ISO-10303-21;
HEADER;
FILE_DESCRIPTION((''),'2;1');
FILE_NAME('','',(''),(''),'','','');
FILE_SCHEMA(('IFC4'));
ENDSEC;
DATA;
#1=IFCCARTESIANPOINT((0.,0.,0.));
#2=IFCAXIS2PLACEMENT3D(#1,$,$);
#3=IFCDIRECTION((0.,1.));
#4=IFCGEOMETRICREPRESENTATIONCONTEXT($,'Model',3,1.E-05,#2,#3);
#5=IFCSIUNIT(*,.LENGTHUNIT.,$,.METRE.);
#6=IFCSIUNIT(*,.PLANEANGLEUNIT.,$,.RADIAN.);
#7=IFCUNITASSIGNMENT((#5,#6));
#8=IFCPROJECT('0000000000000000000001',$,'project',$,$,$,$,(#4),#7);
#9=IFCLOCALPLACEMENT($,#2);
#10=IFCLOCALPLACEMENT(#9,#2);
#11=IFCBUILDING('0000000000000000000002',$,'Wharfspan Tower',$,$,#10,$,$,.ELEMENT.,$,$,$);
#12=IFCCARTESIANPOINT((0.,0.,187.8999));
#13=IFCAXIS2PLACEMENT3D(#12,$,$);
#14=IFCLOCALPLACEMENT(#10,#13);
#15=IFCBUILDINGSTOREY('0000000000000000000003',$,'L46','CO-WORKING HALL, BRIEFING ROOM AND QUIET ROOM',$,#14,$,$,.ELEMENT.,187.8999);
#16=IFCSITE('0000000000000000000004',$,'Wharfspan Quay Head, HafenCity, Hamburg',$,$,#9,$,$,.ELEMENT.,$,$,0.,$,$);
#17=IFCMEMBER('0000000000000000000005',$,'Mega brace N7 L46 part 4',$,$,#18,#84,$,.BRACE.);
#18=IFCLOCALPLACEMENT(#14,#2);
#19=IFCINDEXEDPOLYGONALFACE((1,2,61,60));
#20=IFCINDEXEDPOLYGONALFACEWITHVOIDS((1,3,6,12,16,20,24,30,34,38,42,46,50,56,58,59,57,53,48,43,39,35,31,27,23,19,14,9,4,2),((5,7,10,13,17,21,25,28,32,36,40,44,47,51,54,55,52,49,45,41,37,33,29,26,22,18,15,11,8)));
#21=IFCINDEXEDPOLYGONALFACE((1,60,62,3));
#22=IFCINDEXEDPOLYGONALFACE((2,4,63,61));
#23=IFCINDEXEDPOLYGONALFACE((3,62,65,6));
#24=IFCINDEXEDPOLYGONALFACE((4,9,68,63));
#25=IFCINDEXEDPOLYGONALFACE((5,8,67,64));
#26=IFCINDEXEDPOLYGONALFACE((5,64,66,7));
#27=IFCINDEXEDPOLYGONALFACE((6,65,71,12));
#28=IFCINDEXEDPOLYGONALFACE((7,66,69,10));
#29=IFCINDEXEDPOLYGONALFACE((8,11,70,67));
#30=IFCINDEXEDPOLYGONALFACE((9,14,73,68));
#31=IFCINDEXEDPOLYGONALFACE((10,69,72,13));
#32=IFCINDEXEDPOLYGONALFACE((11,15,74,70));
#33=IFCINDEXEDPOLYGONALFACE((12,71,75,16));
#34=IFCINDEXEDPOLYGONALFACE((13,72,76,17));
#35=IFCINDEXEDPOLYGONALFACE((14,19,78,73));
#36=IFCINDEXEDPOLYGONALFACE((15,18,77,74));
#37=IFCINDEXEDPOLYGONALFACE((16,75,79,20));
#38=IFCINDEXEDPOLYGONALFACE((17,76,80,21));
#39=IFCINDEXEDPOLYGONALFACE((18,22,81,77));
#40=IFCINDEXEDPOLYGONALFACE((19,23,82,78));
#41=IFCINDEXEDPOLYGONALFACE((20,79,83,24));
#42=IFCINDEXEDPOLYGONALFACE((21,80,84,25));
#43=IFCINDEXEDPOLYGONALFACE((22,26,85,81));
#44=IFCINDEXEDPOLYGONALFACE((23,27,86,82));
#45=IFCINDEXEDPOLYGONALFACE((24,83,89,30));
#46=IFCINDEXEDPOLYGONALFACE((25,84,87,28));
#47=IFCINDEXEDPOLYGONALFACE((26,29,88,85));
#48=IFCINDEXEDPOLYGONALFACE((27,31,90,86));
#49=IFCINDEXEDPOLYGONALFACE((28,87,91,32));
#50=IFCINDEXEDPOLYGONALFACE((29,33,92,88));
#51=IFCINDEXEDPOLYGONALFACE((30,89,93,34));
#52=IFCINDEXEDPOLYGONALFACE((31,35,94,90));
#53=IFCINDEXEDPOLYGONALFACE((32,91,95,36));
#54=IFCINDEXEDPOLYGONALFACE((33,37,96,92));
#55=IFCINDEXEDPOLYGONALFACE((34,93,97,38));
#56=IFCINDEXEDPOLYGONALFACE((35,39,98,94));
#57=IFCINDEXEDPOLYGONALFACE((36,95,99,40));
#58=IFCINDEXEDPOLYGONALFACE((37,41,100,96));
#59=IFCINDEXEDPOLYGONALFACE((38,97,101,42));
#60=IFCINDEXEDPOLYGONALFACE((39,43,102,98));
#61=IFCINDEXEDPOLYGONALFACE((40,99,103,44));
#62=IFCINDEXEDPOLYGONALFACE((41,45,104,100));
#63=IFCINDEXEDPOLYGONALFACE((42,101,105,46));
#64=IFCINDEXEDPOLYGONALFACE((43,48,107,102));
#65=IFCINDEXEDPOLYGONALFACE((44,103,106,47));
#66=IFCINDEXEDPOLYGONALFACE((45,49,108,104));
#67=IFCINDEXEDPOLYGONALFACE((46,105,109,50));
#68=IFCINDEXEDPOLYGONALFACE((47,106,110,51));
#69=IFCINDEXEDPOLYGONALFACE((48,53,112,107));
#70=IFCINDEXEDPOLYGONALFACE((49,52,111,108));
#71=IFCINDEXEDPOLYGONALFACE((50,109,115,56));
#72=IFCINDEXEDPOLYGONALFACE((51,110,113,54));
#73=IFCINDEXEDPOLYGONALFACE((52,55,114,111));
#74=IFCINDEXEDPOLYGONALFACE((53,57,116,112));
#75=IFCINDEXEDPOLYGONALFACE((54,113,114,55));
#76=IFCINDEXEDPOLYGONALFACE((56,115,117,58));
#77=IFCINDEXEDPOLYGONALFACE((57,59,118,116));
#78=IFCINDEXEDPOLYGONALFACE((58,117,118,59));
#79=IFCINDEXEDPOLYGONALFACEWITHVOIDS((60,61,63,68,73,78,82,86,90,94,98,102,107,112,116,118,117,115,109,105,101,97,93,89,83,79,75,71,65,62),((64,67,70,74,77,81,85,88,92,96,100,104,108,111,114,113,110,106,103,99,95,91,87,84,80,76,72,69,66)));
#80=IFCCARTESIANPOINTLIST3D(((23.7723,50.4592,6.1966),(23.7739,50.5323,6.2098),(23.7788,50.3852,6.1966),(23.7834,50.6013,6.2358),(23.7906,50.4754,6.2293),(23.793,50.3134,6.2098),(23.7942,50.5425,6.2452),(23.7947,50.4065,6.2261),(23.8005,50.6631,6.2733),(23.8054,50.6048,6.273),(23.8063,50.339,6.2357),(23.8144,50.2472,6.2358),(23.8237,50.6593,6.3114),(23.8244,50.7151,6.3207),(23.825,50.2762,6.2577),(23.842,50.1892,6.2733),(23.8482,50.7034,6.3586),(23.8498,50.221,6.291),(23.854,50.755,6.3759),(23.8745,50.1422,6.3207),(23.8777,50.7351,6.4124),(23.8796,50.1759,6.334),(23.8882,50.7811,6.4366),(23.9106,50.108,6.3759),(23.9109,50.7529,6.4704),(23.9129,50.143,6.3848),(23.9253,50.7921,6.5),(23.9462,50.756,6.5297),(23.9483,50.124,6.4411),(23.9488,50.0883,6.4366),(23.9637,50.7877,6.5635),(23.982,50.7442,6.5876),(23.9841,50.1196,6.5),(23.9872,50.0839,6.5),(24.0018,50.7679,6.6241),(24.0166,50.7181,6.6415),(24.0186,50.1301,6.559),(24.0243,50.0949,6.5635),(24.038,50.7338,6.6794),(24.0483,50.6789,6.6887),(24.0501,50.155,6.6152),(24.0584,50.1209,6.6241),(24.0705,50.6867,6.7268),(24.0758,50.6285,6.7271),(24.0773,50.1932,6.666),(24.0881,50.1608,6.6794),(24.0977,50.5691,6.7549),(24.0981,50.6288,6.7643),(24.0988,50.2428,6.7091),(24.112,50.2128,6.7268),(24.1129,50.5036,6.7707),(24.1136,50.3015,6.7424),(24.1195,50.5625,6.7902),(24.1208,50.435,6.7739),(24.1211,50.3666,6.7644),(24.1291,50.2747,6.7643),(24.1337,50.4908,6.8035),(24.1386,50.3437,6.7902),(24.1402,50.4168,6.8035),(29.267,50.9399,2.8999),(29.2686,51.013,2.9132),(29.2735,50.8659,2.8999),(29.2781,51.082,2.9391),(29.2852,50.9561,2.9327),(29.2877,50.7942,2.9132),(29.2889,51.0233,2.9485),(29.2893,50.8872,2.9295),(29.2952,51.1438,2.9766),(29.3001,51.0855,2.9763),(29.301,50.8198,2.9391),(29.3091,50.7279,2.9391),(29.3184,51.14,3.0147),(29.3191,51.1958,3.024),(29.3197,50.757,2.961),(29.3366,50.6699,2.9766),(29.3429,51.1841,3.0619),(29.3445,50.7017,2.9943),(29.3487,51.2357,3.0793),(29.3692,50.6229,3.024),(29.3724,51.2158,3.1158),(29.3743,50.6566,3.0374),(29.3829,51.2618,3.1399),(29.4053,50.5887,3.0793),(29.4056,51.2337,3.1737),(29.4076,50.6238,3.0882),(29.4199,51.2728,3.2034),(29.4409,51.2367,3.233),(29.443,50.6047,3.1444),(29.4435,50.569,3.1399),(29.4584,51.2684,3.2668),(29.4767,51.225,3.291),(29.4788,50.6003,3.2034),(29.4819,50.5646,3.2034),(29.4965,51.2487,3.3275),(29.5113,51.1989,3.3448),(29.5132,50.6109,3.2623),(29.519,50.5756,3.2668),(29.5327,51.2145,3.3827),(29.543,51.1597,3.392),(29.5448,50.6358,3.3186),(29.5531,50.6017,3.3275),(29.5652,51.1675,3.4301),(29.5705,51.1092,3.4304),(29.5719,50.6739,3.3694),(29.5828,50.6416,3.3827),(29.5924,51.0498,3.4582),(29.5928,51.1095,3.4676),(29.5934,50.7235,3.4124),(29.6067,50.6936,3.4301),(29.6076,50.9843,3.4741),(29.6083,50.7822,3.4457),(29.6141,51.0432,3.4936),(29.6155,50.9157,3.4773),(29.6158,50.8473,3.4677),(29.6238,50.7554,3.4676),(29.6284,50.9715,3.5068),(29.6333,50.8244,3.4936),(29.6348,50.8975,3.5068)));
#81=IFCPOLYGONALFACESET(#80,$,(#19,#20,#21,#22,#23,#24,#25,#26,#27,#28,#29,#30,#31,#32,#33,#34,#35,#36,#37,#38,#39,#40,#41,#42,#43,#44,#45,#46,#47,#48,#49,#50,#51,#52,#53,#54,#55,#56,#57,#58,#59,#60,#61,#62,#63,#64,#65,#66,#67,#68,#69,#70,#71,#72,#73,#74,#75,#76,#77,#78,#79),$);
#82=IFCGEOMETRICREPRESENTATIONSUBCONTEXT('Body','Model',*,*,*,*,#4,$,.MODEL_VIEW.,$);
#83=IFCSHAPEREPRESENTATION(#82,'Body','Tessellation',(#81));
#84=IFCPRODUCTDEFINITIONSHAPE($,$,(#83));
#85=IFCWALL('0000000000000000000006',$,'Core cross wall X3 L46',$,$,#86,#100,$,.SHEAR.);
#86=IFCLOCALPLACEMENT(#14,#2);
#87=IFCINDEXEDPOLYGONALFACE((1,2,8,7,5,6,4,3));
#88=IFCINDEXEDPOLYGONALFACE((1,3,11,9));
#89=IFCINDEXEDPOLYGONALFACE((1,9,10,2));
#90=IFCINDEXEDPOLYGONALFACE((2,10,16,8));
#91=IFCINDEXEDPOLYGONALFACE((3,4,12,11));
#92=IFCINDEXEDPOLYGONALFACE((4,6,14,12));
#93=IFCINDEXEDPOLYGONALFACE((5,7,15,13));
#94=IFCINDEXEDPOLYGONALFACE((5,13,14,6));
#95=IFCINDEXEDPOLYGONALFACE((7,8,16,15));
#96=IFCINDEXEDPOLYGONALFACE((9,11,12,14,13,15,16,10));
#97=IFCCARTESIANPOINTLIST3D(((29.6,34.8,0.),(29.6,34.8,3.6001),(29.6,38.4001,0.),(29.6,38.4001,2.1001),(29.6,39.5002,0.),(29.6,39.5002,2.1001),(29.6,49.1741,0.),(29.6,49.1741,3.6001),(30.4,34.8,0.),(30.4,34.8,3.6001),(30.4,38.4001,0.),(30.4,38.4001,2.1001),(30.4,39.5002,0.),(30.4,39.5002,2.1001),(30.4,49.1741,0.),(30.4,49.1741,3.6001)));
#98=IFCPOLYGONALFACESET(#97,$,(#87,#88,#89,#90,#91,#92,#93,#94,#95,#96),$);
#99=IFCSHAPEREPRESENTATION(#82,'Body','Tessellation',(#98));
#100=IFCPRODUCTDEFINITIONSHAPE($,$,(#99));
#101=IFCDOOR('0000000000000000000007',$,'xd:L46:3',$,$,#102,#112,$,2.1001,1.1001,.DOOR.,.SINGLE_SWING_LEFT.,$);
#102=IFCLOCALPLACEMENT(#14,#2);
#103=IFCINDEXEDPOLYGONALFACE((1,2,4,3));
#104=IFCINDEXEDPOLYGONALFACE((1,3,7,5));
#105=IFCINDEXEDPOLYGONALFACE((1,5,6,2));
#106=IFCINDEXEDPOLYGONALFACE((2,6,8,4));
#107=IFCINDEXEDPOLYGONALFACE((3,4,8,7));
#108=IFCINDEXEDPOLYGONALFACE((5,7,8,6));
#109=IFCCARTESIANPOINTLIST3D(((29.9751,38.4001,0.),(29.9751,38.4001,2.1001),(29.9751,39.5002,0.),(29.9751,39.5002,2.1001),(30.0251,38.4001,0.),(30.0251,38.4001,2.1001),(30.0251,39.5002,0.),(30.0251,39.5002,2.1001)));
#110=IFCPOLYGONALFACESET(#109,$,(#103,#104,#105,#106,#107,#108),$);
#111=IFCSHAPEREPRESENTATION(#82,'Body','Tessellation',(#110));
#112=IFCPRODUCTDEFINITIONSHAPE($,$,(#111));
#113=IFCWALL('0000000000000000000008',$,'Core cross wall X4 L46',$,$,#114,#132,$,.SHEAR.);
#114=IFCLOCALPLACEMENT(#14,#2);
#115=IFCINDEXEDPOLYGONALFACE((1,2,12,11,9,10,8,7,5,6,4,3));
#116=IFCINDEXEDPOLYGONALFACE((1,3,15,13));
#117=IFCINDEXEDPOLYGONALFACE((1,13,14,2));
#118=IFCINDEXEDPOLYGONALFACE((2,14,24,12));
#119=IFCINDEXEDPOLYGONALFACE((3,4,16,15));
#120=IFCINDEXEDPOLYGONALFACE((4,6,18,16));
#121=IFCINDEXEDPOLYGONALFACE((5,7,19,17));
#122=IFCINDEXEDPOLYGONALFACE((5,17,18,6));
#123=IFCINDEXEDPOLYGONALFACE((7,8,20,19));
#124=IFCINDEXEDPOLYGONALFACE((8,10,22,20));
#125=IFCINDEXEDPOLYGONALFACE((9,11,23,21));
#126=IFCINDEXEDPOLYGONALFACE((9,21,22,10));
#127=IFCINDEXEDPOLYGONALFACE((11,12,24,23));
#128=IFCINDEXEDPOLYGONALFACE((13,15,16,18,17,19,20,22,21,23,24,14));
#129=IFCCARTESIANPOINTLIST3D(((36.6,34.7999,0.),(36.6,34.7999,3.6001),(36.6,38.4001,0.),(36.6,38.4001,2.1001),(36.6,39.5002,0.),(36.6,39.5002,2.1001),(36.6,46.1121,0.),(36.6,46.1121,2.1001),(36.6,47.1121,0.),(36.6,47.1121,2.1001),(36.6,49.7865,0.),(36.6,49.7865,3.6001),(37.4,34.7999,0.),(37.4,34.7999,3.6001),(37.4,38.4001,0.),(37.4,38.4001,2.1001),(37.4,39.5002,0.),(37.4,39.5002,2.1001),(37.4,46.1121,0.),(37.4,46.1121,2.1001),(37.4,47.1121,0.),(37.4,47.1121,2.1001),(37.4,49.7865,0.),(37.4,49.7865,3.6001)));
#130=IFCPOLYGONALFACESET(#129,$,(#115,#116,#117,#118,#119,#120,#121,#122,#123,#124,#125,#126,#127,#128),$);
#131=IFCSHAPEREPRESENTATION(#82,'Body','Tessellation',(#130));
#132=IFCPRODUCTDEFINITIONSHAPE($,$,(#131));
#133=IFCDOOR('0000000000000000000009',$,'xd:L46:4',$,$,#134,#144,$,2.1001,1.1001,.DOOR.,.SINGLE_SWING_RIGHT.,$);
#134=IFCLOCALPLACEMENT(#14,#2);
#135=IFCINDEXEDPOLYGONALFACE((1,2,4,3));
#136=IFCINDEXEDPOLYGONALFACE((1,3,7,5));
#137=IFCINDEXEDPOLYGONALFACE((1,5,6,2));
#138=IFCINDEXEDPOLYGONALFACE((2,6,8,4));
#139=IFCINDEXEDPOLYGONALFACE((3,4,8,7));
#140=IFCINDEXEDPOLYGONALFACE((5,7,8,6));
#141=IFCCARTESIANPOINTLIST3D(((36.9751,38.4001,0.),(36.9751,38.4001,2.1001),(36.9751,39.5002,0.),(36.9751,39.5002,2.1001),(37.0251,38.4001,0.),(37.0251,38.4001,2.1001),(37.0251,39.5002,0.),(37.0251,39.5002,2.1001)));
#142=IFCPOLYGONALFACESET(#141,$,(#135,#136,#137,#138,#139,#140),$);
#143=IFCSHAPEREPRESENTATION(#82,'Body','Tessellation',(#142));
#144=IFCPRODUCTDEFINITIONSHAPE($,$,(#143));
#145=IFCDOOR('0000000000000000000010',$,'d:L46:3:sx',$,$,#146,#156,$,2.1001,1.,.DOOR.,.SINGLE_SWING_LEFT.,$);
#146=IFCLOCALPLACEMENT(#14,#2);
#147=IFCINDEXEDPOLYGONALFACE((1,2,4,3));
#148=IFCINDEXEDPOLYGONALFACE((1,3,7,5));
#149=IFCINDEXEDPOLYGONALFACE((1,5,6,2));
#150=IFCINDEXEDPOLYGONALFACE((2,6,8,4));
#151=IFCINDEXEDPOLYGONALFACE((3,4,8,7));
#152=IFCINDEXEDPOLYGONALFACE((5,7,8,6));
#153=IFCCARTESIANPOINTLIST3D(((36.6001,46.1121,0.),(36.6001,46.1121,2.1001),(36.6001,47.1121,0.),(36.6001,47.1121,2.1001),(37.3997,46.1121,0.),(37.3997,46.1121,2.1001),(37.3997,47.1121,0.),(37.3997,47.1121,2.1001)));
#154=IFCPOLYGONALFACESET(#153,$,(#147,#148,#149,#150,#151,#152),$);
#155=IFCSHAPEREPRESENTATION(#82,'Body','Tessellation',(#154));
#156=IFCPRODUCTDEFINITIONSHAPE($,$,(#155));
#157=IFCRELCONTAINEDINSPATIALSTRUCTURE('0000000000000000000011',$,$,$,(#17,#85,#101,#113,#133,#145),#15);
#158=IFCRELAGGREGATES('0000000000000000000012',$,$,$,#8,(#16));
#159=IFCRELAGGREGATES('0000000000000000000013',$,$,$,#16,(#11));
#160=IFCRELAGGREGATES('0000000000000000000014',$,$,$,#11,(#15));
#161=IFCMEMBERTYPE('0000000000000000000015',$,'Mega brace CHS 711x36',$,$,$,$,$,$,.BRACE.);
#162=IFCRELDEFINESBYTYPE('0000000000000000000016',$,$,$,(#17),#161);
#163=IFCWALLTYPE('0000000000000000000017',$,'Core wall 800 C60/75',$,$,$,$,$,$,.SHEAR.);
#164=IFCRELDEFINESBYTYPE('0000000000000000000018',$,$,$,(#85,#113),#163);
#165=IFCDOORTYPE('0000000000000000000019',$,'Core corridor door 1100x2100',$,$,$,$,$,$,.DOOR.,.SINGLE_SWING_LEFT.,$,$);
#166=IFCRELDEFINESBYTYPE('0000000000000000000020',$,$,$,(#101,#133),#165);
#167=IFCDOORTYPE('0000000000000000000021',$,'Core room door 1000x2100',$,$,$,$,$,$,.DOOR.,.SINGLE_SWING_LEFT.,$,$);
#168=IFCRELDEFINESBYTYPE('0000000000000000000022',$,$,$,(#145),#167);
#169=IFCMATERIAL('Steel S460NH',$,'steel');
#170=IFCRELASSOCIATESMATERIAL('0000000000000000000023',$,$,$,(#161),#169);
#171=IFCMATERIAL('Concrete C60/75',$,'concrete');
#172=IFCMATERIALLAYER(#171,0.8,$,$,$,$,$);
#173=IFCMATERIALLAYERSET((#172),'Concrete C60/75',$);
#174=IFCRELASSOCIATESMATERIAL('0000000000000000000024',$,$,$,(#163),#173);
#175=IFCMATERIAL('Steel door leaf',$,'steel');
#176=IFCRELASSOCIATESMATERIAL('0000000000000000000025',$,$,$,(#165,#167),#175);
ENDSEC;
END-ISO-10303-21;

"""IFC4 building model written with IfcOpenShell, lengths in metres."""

from ifc_helpers import new_model, si_unit, direction, frame, frame_2d, origin, origin_2d, place, context, subcontext, project, spatial, rectangle, hollow_circle, extrude, material, layer, layer_set, material_profile, profile_set, type_object, element, fill, save


model = new_model("IFC4")

# Units and contexts
model_context = context("Model", 3, precision=1e-05, world=origin(), true_north=direction((0.0, 1.0)))
body_context = subcontext(model_context, "Body", "Model", "MODEL_VIEW")
ifc_project = project(units=[si_unit("LENGTHUNIT", "METRE"), si_unit("PLANEANGLEUNIT", "RADIAN")], contexts=[model_context])

# Site, building, storey
site_placement = place(None, origin())
site = spatial("IfcSite", under=ifc_project, at=site_placement, Name="Wharfspan Quay Head, HafenCity, Hamburg", CompositionType="ELEMENT", RefElevation=0.0)
building_placement = place(site_placement, origin())
building = spatial("IfcBuilding", under=site, at=building_placement, Name="Wharfspan Tower", CompositionType="ELEMENT")
storey_placement = place(building_placement, frame((0.0, 0.0, 187.8999)))
storey = spatial("IfcBuildingStorey", under=building, at=storey_placement, Name="L46", Description="CO-WORKING HALL, BRIEFING ROOM AND QUIET ROOM", CompositionType="ELEMENT", Elevation=187.8999)

# Member
ifc_material_1 = material(Name="Steel S460NH", Category="steel")
ifc_material_profile_1 = material_profile(ifc_material_1, hollow_circle(Radius=0.3555, WallThickness=0.0359, at=origin_2d()))
ifc_profile_set_1 = profile_set([ifc_material_profile_1], Name="Steel S460NH")
member_type = type_object("IfcMemberType", Name="Mega brace CHS 711x36", PredefinedType="BRACE", material=ifc_profile_set_1)
member_1_placement = place(storey_placement, frame((29.4509, 50.9187, 3.2034), z_axis=(-0.8551, -0.074811, 0.513037), x_axis=(0.087154, -0.996196, -0.000002)))
element("IfcMember", 1, at=member_1_placement, inside=storey, type_object=member_type, Name="Mega brace N7 L46 part 4", PredefinedType="BRACE", context=body_context, shape_type="SweptSolid", body=[
    extrude(hollow_circle(Radius=0.3555, WallThickness=0.0359, at=origin_2d()), origin(), (0.0, 0.0, 1.0), 6.4258),
])

# Wall, opening, door
ifc_material_2 = material(Name="Concrete C60/75", Category="concrete")
ifc_layer_1 = layer(ifc_material_2, 0.8)
ifc_layer_set_1 = layer_set([ifc_layer_1], Name="Concrete C60/75")
wall_type_1 = type_object("IfcWallType", Name="Core wall 800 C60/75", PredefinedType="SHEAR", material=ifc_layer_set_1)
wall_1_placement = place(storey_placement, frame((30.0, 34.8, 0.0), z_axis=(0.0, 0.0, 1.0), x_axis=(0.0, 1.0, 0.0)))
wall_1 = element("IfcWall", 2, at=wall_1_placement, inside=storey, type_object=wall_type_1, Name="Core cross wall X3 L46", PredefinedType="SHEAR", context=body_context, shape_type="SweptSolid", body=[
    extrude(rectangle(XDim=14.374, YDim=0.8, at=frame_2d((7.187, 0.0))), origin(), (0.0, 0.0, 1.0), 3.6001),
])
opening_1_placement = place(wall_1_placement, frame((3.6001, 0.0, 0.0)))
opening_1 = element("IfcOpeningElement", 3, at=opening_1_placement, cuts=wall_1, PredefinedType="OPENING", context=body_context, shape_type="SweptSolid", body=[
    extrude(rectangle(XDim=1.1001, YDim=2.1001, at=frame_2d((0.55, 1.05))), frame((0.0, 0.4099, 0.0), z_axis=(0.0, -1.0, 0.0), x_axis=(1.0, 0.0, 0.0)), (0.0, 0.0, 1.0), 0.8201),
])
ifc_material_3 = material(Name="Steel door leaf", Category="steel")
door_type_1 = type_object("IfcDoorType", Name="Core corridor door 1100x2100", OperationType="SINGLE_SWING_LEFT", PredefinedType="DOOR", material=ifc_material_3)
door_1_placement = place(opening_1_placement, origin())
door_1 = element("IfcDoor", 4, at=door_1_placement, inside=storey, type_object=door_type_1, Name="xd:L46:3", OperationType="SINGLE_SWING_LEFT", OverallHeight=2.1001, OverallWidth=1.1001, PredefinedType="DOOR", context=body_context, shape_type="SweptSolid", body=[
    extrude(rectangle(XDim=1.1001, YDim=2.1001, at=frame_2d((0.55, 1.05))), frame((0.0, 0.0249, 0.0), z_axis=(0.0, -1.0, 0.0), x_axis=(1.0, 0.0, 0.0)), (0.0, 0.0, 1.0), 0.05),
])
fill(opening_1, door_1)

# Wall, openings, doors
wall_2_placement = place(storey_placement, frame((37.0, 34.8, 0.0), z_axis=(0.0, 0.0, 1.0), x_axis=(0.0, 1.0, 0.0)))
wall_2 = element("IfcWall", 5, at=wall_2_placement, inside=storey, type_object=wall_type_1, Name="Core cross wall X4 L46", PredefinedType="SHEAR", context=body_context, shape_type="SweptSolid", body=[
    extrude(rectangle(XDim=14.9866, YDim=0.8, at=frame_2d((7.4932, 0.0))), origin(), (0.0, 0.0, 1.0), 3.6001),
])
opening_2_placement = place(wall_2_placement, frame((11.312, 0.0, 0.0)))
opening_2 = element("IfcOpeningElement", 6, at=opening_2_placement, cuts=wall_2, PredefinedType="OPENING", context=body_context, shape_type="SweptSolid", body=[
    extrude(rectangle(XDim=1.0, YDim=2.1001, at=frame_2d((0.5, 1.05))), frame((0.0, 0.4099, 0.0), z_axis=(0.0, -1.0, 0.0), x_axis=(1.0, 0.0, 0.0)), (0.0, 0.0, 1.0), 0.8201),
])
opening_3_placement = place(wall_2_placement, frame((3.6001, 0.0, 0.0)))
opening_3 = element("IfcOpeningElement", 7, at=opening_3_placement, cuts=wall_2, PredefinedType="OPENING", context=body_context, shape_type="SweptSolid", body=[
    extrude(rectangle(XDim=1.1001, YDim=2.1001, at=frame_2d((0.55, 1.05))), frame((0.0, 0.4099, 0.0), z_axis=(0.0, -1.0, 0.0), x_axis=(1.0, 0.0, 0.0)), (0.0, 0.0, 1.0), 0.8201),
])
door_2_placement = place(opening_3_placement, origin())
door_2 = element("IfcDoor", 8, at=door_2_placement, inside=storey, type_object=door_type_1, Name="xd:L46:4", OperationType="SINGLE_SWING_RIGHT", OverallHeight=2.1001, OverallWidth=1.1001, PredefinedType="DOOR", context=body_context, shape_type="SweptSolid", body=[
    extrude(rectangle(XDim=1.1001, YDim=2.1001, at=frame_2d((0.55, 1.05))), frame((0.0, 0.0249, 0.0), z_axis=(0.0, -1.0, 0.0), x_axis=(1.0, 0.0, 0.0)), (0.0, 0.0, 1.0), 0.05),
])
fill(opening_3, door_2)
door_type_2 = type_object("IfcDoorType", Name="Core room door 1000x2100", OperationType="SINGLE_SWING_LEFT", PredefinedType="DOOR", material=ifc_material_3)
door_3_placement = place(opening_2_placement, origin())
door_3 = element("IfcDoor", 9, at=door_3_placement, inside=storey, type_object=door_type_2, Name="d:L46:3:sx", OperationType="SINGLE_SWING_LEFT", OverallHeight=2.1001, OverallWidth=1.0, PredefinedType="DOOR", context=body_context, shape_type="SweptSolid", body=[
    extrude(rectangle(XDim=1.0, YDim=2.1001, at=frame_2d((0.5, 1.05))), frame((0.0, 0.3999, 0.0), z_axis=(0.0, -1.0, 0.0), x_axis=(1.0, 0.0, 0.0)), (0.0, 0.0, 1.0), 0.7996),
])
fill(opening_2, door_3)

save(model, "model.ifc")
